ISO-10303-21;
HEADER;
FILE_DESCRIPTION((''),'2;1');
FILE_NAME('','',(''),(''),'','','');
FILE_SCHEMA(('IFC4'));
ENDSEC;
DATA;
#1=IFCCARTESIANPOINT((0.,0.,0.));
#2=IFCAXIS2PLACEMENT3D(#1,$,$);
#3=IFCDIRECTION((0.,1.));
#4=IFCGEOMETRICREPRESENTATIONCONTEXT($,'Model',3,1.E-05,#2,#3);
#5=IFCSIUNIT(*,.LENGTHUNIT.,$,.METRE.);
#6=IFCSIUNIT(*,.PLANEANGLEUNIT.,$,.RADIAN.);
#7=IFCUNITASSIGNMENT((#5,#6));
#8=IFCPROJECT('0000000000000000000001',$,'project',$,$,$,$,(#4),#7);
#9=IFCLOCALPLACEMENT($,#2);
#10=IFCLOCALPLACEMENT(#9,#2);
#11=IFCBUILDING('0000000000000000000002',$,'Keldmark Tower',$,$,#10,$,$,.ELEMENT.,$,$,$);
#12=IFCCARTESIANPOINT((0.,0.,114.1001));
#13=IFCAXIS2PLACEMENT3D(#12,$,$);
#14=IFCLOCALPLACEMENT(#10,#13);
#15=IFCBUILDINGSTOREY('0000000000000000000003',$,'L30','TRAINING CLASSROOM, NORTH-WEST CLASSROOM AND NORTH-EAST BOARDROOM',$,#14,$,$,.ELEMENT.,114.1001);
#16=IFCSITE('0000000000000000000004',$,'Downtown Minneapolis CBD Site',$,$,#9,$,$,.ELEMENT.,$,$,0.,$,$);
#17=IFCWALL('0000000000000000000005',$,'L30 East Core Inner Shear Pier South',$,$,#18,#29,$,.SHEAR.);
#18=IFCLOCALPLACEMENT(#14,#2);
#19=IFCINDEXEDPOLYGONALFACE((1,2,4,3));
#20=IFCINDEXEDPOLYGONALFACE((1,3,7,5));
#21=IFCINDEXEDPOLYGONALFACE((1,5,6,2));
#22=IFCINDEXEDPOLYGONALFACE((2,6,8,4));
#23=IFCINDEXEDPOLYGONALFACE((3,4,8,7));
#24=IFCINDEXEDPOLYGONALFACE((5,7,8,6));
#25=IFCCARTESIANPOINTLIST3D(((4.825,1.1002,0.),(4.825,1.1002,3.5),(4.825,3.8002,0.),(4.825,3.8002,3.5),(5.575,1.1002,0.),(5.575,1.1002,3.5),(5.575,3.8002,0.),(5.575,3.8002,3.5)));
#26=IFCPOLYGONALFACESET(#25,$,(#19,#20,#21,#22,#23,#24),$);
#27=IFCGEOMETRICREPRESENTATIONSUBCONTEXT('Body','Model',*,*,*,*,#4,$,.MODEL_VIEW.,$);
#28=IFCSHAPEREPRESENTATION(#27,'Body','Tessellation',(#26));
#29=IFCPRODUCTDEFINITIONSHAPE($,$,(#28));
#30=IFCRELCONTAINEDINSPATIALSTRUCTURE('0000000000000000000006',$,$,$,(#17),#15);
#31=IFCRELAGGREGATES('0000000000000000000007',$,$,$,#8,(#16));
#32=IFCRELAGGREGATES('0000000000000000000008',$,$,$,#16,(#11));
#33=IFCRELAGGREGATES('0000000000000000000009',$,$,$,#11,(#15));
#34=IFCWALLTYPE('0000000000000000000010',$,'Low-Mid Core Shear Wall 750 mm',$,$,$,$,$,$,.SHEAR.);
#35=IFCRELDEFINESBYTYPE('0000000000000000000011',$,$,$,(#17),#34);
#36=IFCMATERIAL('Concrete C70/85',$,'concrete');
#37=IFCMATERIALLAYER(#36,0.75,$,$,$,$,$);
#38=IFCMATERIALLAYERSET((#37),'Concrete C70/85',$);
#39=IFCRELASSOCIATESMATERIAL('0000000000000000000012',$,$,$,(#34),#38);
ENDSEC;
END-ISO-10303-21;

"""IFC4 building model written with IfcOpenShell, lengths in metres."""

from ifc_helpers import new_model, si_unit, direction, frame, frame_2d, origin, place, context, subcontext, project, spatial, rectangle, extrude, material, layer, layer_set, type_object, element, save


model = new_model("IFC4")

# Units and contexts
model_context = context("Model", 3, precision=1e-05, world=origin(), true_north=direction((0.0, 1.0)))
body_context = subcontext(model_context, "Body", "Model", "MODEL_VIEW")
ifc_project = project(units=[si_unit("LENGTHUNIT", "METRE"), si_unit("PLANEANGLEUNIT", "RADIAN")], contexts=[model_context])

# Site, building, storey
site_placement = place(None, origin())
site = spatial("IfcSite", under=ifc_project, at=site_placement, Name="Downtown Minneapolis CBD Site", CompositionType="ELEMENT", RefElevation=0.0)
building_placement = place(site_placement, origin())
building = spatial("IfcBuilding", under=site, at=building_placement, Name="Keldmark Tower", CompositionType="ELEMENT")
storey_placement = place(building_placement, frame((0.0, 0.0, 114.1001)))
storey = spatial("IfcBuildingStorey", under=building, at=storey_placement, Name="L30", Description="TRAINING CLASSROOM, NORTH-WEST CLASSROOM AND NORTH-EAST BOARDROOM", CompositionType="ELEMENT", Elevation=114.1001)

# Wall
ifc_material_1 = material(Name="Concrete C70/85", Category="concrete")
ifc_layer_1 = layer(ifc_material_1, 0.75)
ifc_layer_set_1 = layer_set([ifc_layer_1], Name="Concrete C70/85")
wall_type = type_object("IfcWallType", Name="Low-Mid Core Shear Wall 750 mm", PredefinedType="SHEAR", material=ifc_layer_set_1)
wall_placement = place(storey_placement, frame((5.2, 1.1001, 0.0), z_axis=(0.0, 0.0, 1.0), x_axis=(0.0, 1.0, 0.0)))
element("IfcWall", 1, at=wall_placement, inside=storey, type_object=wall_type, Name="L30 East Core Inner Shear Pier South", PredefinedType="SHEAR", context=body_context, shape_type="SweptSolid", body=[
    extrude(rectangle(XDim=2.7, YDim=0.75, at=frame_2d((1.3501, 0.0))), origin(), (0.0, 0.0, 1.0), 3.5),
])

save(model, "model.ifc")
